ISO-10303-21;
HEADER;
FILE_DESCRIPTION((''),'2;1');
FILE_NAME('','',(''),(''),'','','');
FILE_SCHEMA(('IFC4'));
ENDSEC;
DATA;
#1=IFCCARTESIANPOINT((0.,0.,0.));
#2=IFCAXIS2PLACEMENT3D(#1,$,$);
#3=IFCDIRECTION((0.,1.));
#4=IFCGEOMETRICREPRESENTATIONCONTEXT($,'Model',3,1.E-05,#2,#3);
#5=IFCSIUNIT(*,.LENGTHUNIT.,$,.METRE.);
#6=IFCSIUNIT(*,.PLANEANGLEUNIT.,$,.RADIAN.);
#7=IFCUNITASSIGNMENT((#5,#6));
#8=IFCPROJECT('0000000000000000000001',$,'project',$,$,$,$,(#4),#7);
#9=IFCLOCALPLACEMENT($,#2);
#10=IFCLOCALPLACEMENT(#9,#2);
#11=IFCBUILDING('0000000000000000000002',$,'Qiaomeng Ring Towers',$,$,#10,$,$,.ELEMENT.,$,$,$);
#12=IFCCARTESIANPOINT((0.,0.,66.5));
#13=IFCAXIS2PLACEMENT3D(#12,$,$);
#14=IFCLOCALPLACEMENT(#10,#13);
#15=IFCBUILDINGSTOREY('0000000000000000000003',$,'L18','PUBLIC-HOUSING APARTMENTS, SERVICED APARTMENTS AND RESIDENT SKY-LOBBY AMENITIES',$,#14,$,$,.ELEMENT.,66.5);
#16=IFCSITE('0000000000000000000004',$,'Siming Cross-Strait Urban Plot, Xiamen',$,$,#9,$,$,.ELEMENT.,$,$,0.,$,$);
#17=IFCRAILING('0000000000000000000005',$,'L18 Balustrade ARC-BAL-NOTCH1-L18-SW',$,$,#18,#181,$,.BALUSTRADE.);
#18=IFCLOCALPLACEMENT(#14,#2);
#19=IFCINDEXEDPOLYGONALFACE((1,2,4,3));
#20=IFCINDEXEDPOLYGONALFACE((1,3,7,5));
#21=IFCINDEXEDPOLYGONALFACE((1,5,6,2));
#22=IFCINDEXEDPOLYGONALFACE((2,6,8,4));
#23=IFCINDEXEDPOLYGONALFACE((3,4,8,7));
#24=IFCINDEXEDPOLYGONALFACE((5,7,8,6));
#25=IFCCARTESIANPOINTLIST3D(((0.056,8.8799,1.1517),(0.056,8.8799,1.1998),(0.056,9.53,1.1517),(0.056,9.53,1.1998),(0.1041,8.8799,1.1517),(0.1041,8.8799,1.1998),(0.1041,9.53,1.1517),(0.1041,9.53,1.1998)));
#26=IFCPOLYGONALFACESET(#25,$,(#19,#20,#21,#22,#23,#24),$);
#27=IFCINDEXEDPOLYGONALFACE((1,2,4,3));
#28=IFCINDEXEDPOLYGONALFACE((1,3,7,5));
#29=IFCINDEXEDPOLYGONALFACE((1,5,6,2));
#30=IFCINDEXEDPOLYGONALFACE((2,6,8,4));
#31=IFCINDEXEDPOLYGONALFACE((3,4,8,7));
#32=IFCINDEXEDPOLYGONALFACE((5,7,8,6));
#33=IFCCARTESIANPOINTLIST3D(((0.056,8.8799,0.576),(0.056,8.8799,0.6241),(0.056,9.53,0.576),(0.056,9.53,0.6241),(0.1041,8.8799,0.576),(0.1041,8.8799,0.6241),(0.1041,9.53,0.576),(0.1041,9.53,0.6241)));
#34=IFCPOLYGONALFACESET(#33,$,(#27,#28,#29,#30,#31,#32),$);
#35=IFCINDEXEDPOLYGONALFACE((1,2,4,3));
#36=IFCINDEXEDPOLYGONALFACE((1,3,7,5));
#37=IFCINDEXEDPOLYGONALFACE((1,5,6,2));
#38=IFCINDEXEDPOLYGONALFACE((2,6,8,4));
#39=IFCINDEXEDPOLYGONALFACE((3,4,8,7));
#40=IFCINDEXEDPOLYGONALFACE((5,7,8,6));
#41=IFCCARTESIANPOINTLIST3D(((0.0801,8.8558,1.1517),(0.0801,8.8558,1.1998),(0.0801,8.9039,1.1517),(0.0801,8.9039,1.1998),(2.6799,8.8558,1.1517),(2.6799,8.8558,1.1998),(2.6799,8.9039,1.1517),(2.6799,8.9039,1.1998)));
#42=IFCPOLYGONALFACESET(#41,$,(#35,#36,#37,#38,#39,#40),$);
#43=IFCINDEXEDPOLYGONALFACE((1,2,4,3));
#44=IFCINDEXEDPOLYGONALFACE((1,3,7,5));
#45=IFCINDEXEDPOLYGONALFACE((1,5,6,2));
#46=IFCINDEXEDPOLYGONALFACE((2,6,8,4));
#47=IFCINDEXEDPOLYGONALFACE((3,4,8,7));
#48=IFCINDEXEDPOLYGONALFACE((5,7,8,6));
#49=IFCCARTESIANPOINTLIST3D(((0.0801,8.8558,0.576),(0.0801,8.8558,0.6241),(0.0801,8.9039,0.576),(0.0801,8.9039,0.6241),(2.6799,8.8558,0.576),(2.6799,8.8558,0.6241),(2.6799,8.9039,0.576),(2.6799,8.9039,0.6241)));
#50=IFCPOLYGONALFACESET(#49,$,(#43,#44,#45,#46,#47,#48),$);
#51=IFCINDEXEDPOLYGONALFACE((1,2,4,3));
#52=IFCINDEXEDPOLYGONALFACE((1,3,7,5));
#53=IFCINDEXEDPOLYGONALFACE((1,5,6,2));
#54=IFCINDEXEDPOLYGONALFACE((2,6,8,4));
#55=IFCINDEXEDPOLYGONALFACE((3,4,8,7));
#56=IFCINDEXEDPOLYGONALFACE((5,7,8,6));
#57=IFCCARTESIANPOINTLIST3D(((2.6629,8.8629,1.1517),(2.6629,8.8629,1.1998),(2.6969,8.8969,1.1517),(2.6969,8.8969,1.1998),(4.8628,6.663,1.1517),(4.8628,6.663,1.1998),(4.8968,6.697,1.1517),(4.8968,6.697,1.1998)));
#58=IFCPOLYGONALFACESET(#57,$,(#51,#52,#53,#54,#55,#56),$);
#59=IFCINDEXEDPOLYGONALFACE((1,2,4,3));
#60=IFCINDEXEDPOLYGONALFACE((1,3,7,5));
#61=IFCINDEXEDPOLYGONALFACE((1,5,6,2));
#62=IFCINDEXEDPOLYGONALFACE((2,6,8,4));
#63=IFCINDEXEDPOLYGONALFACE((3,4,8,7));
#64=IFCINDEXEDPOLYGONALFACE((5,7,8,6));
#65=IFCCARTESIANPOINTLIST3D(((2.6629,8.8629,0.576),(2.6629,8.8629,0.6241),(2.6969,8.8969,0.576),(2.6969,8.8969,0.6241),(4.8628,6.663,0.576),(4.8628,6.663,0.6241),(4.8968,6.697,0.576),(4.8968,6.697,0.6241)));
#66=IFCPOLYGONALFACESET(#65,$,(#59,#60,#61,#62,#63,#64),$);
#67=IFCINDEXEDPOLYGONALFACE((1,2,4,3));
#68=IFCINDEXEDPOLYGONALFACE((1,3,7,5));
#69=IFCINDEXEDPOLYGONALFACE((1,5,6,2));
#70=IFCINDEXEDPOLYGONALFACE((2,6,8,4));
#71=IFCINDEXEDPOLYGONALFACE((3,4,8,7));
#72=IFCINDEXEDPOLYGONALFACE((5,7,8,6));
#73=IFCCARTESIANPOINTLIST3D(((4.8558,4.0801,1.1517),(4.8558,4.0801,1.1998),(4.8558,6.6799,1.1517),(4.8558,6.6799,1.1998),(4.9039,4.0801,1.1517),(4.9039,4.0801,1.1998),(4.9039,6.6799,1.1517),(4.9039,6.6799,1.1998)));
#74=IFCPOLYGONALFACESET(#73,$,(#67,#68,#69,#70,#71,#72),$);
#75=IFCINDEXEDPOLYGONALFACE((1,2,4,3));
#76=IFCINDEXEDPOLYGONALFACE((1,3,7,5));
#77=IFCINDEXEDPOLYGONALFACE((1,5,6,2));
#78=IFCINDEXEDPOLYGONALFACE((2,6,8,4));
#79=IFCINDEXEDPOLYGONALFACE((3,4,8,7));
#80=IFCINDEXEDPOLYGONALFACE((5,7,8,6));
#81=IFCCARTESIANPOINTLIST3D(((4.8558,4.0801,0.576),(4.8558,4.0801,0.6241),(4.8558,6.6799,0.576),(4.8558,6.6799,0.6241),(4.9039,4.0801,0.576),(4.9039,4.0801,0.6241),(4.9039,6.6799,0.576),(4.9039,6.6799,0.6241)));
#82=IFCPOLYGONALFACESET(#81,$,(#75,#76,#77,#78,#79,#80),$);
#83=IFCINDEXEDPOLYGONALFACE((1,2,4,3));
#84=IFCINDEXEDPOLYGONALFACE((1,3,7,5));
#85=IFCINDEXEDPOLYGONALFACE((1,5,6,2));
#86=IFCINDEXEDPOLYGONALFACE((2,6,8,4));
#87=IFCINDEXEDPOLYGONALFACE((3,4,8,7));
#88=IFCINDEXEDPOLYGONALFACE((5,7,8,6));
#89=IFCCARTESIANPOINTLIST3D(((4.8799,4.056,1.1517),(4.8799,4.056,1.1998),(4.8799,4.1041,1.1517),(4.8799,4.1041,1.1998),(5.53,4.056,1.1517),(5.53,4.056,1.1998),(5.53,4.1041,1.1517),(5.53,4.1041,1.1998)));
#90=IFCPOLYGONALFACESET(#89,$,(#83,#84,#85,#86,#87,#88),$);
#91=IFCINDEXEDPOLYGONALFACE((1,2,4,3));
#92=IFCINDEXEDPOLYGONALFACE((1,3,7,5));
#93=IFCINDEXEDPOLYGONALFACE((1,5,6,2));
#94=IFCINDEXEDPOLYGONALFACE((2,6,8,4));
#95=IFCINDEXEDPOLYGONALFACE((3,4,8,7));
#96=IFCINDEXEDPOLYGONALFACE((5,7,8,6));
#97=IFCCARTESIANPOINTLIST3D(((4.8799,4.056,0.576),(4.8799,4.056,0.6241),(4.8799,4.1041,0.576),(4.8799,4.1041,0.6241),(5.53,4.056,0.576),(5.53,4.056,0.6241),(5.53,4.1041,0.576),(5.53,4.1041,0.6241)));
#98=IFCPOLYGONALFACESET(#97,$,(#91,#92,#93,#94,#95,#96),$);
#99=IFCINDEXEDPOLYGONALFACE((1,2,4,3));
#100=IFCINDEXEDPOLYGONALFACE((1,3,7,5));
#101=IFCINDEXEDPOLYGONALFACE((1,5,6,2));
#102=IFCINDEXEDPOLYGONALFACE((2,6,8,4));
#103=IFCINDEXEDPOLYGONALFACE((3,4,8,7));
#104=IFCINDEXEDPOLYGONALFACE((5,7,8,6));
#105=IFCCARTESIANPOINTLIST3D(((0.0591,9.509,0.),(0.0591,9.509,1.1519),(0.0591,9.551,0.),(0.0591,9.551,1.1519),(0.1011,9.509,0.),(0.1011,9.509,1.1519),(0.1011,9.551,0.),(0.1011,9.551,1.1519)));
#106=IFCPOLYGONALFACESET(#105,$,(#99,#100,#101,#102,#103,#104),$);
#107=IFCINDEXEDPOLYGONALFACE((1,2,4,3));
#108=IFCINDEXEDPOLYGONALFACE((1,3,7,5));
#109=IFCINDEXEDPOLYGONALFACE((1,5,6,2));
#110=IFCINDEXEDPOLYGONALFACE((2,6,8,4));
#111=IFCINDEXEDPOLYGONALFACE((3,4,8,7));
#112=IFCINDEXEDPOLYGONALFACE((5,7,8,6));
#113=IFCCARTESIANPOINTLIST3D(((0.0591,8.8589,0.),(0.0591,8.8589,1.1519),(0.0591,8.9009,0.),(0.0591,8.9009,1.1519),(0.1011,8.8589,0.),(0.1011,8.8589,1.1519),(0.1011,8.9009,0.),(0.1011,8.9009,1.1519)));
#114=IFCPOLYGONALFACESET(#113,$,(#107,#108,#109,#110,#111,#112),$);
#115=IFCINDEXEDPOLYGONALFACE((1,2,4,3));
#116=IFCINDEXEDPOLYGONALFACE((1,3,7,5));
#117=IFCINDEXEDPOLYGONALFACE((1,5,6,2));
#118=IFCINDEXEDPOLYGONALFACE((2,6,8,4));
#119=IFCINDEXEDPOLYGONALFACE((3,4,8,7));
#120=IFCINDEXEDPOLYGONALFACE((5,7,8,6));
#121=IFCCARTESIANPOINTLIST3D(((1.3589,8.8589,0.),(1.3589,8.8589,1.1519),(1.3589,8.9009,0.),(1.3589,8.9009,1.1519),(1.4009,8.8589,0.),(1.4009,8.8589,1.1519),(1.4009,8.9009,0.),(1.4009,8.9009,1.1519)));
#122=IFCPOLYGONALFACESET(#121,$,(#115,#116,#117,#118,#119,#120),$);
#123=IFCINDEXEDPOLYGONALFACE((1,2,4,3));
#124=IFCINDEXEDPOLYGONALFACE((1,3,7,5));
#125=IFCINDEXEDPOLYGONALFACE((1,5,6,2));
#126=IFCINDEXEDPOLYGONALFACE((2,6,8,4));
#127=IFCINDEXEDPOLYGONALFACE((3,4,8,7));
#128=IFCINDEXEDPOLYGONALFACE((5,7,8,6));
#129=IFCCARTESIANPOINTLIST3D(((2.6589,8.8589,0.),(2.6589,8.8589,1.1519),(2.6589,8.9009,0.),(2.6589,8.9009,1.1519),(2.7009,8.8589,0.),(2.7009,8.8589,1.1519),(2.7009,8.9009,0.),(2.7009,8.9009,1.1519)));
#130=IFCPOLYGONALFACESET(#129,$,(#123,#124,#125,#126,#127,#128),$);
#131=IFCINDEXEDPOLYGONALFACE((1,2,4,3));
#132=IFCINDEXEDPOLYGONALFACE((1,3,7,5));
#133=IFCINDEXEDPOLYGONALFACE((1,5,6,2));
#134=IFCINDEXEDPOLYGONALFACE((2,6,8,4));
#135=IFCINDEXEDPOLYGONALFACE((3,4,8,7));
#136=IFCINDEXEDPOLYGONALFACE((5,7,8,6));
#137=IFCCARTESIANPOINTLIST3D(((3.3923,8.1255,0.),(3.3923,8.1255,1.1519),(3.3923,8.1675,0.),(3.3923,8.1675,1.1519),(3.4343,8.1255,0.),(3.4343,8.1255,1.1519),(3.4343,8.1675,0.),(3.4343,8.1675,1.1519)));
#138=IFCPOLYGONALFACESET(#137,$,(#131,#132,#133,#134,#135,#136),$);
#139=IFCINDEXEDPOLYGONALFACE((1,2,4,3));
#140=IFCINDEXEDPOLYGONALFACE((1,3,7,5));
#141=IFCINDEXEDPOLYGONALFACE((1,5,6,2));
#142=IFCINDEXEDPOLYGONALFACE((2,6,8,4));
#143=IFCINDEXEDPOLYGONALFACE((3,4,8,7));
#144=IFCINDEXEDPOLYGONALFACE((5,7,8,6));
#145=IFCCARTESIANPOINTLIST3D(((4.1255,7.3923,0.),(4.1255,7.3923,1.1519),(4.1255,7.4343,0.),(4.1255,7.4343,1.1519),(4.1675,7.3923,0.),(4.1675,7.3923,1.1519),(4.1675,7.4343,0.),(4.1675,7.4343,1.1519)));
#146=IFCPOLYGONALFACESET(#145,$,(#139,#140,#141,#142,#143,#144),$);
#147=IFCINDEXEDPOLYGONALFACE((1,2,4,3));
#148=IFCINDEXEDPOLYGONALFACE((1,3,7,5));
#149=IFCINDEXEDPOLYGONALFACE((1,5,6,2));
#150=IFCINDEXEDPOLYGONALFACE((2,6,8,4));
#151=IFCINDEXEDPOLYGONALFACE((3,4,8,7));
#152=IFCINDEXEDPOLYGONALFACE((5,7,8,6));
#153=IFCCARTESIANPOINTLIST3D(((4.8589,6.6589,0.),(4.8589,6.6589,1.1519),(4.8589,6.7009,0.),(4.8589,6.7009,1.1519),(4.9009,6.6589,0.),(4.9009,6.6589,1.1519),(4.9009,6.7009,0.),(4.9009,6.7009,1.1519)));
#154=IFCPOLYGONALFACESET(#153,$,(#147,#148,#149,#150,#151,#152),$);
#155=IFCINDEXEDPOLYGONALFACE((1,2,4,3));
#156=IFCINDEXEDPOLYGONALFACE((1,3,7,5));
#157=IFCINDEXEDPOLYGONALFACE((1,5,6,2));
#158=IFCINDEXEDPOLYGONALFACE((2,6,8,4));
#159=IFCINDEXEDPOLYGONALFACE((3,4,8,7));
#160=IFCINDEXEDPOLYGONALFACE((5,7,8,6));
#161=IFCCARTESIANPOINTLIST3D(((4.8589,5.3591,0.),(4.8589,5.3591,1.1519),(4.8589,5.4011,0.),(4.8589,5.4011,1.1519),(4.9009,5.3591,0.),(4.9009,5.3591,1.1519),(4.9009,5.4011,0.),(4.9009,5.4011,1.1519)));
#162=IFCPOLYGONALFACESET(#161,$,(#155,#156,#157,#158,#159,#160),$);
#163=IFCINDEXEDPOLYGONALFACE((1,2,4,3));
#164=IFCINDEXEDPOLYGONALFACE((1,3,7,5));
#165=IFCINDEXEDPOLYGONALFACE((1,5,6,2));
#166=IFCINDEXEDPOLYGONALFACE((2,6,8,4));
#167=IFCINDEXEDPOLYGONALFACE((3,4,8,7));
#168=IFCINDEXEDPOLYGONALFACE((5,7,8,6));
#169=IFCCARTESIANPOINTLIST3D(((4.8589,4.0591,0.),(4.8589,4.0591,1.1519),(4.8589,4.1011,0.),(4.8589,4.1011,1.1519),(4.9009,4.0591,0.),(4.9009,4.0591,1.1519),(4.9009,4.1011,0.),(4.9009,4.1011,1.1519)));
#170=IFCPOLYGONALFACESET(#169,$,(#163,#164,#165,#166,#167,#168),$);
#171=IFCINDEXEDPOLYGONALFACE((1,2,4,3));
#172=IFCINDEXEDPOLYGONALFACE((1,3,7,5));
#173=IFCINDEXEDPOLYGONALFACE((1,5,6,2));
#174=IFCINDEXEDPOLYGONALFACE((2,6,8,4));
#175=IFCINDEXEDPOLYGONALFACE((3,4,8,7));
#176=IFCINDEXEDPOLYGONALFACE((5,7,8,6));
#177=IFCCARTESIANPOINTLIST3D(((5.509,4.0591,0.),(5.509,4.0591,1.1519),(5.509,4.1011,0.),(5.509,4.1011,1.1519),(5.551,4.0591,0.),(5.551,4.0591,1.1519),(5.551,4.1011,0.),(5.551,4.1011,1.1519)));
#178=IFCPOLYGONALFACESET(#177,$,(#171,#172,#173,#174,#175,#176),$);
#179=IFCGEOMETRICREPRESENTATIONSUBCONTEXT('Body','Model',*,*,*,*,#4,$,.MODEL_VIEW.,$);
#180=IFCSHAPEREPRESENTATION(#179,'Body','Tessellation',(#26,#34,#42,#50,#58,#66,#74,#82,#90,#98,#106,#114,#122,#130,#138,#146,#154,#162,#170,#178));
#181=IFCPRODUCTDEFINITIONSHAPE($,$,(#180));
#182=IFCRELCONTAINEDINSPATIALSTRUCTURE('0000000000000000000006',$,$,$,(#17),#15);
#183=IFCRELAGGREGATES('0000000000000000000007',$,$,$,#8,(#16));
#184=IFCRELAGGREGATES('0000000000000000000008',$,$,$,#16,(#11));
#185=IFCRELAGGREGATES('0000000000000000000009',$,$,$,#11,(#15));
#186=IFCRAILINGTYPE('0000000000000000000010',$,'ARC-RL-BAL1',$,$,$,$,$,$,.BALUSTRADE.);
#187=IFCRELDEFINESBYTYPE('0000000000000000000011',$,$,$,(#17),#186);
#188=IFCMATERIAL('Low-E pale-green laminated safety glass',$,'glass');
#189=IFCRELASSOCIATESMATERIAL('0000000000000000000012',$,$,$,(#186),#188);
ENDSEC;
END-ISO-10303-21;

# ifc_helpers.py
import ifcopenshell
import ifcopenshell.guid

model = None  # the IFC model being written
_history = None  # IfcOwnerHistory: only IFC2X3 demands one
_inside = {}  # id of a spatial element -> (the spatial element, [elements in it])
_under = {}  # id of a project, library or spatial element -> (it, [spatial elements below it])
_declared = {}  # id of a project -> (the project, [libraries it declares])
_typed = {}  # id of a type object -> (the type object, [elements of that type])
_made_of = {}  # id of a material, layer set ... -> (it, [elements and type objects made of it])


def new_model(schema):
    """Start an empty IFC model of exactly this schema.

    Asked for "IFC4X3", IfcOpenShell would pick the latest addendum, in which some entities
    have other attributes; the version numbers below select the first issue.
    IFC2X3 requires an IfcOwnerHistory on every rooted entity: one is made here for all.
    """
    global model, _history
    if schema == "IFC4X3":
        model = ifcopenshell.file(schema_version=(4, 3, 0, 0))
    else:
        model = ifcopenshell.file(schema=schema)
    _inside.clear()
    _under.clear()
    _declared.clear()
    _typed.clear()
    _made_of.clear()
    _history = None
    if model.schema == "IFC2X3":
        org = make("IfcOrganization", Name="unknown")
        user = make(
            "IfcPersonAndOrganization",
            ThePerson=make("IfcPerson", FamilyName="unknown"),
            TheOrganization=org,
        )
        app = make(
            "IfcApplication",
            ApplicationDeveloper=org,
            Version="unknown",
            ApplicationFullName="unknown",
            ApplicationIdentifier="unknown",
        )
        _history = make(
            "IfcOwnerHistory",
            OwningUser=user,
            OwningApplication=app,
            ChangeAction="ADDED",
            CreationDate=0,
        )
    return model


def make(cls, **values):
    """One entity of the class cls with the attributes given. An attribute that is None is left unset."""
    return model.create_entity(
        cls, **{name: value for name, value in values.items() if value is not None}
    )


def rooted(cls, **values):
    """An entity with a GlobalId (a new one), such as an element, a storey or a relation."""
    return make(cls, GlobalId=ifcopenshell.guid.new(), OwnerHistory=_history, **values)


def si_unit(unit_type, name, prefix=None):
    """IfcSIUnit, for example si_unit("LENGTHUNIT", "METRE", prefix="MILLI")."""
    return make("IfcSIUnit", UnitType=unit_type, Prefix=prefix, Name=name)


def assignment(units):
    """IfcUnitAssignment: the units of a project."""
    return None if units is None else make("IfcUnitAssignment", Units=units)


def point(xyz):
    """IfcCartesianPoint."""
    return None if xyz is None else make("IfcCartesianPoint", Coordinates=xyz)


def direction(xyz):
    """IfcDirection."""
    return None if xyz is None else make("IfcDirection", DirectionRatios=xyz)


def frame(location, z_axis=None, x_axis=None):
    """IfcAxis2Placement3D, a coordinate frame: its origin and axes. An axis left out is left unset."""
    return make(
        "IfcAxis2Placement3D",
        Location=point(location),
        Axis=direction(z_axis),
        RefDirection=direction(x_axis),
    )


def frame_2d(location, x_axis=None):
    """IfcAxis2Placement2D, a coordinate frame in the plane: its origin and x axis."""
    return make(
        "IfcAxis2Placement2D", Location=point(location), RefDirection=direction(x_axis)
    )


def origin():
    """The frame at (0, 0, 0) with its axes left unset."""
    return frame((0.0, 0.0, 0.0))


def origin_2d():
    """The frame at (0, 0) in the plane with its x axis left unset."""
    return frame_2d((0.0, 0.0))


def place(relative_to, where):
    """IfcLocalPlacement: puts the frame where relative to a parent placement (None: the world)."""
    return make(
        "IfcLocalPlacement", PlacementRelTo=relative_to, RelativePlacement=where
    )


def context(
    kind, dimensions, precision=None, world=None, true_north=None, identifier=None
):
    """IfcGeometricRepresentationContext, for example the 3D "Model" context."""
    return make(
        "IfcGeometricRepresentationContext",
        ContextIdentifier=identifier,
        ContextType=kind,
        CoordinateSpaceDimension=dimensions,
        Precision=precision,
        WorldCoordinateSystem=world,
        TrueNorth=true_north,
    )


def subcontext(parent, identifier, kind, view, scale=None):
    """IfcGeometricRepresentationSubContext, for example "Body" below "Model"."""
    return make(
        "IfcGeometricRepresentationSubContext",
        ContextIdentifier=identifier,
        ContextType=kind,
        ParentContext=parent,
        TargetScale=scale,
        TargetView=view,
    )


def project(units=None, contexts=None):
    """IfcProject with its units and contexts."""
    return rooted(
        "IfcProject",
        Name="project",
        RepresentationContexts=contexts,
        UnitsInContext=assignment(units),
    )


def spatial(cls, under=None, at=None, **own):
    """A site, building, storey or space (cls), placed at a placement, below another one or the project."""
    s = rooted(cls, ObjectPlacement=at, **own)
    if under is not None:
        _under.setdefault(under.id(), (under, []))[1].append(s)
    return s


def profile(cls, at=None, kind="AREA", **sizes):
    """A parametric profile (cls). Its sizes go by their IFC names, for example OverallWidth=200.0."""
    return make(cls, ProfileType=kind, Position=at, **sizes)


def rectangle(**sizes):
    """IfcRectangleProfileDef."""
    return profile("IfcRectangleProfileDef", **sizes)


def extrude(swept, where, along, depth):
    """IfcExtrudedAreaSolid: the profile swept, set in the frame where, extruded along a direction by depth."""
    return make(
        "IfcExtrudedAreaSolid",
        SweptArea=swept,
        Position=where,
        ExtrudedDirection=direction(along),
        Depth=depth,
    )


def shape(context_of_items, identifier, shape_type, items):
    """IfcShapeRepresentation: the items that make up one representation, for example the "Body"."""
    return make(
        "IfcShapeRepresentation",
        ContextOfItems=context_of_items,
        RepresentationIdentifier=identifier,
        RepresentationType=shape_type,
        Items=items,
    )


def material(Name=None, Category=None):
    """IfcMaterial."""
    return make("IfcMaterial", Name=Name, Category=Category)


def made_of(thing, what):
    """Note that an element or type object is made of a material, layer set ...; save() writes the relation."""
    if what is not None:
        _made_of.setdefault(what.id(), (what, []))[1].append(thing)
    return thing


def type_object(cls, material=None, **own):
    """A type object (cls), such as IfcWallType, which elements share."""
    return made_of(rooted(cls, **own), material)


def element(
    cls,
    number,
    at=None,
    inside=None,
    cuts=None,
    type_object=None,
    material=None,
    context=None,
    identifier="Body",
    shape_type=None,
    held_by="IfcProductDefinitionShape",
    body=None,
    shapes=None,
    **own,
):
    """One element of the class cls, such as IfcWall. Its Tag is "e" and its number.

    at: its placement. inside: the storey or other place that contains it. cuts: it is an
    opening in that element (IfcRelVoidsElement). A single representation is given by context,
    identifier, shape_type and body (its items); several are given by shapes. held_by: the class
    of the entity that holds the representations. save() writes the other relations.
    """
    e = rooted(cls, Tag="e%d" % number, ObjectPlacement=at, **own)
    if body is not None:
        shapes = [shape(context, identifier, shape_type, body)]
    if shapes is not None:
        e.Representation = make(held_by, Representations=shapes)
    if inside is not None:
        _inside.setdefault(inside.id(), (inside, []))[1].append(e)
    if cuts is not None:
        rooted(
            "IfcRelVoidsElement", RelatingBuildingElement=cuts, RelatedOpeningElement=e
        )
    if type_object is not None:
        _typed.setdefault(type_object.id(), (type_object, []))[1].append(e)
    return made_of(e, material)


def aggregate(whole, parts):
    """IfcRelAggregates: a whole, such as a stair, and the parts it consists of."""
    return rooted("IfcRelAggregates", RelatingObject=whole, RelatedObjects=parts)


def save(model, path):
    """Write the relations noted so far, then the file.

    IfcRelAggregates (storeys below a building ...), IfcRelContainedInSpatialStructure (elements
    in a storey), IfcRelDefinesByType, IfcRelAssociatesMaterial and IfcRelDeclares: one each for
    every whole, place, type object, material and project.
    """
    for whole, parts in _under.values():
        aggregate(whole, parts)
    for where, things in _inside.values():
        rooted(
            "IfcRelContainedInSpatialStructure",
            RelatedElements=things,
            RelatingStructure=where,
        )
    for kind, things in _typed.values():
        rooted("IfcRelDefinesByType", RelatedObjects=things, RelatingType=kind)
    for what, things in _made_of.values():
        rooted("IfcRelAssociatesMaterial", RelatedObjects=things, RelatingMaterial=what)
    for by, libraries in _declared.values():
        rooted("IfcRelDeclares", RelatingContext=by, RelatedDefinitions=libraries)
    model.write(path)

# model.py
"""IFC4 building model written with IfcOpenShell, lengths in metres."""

from ifc_helpers import new_model, si_unit, direction, frame, origin, origin_2d, place, context, subcontext, project, spatial, rectangle, extrude, material, type_object, element, save


model = new_model("IFC4")

# Units and contexts
model_context = context("Model", 3, precision=1e-05, world=origin(), true_north=direction((0.0, 1.0)))
body_context = subcontext(model_context, "Body", "Model", "MODEL_VIEW")
ifc_project = project(units=[si_unit("LENGTHUNIT", "METRE"), si_unit("PLANEANGLEUNIT", "RADIAN")], contexts=[model_context])

# Site, building, storey
site_placement = place(None, origin())
site = spatial("IfcSite", under=ifc_project, at=site_placement, Name="Siming Cross-Strait Urban Plot, Xiamen", CompositionType="ELEMENT", RefElevation=0.0)
building_placement = place(site_placement, origin())
building = spatial("IfcBuilding", under=site, at=building_placement, Name="Qiaomeng Ring Towers", CompositionType="ELEMENT")
storey_placement = place(building_placement, frame((0.0, 0.0, 66.5)))
storey = spatial("IfcBuildingStorey", under=building, at=storey_placement, Name="L18", Description="PUBLIC-HOUSING APARTMENTS, SERVICED APARTMENTS AND RESIDENT SKY-LOBBY AMENITIES", CompositionType="ELEMENT", Elevation=66.5)

# Railing
ifc_material_1 = material(Name="Low-E pale-green laminated safety glass", Category="glass")
railing_type = type_object("IfcRailingType", Name="ARC-RL-BAL1", PredefinedType="BALUSTRADE", material=ifc_material_1)
railing_1_placement = place(storey_placement, frame((0.0801, 9.53, 0.0)))
element("IfcRailing", 1, at=railing_1_placement, inside=storey, type_object=railing_type, Name="L18 Balustrade ARC-BAL-NOTCH1-L18-SW", PredefinedType="BALUSTRADE", context=body_context, shape_type="SweptSolid", body=[
    extrude(rectangle(XDim=0.0481, YDim=0.0481, at=origin_2d()), frame((0.0, 0.0, 1.1758), z_axis=(0.0, -1.0, 0.0), x_axis=(1.0, 0.0, 0.0)), (0.0, 0.0, 1.0), 0.6501),
    extrude(rectangle(XDim=0.0481, YDim=0.0481, at=origin_2d()), frame((0.0, 0.0, 0.6001), z_axis=(0.0, -1.0, 0.0), x_axis=(1.0, 0.0, 0.0)), (0.0, 0.0, 1.0), 0.6501),
    extrude(rectangle(XDim=0.0481, YDim=0.0481, at=origin_2d()), frame((0.0, -0.6501, 1.1758), z_axis=(1.0, 0.0, 0.0), x_axis=(0.0, 1.0, 0.0)), (0.0, 0.0, 1.0), 2.5999),
    extrude(rectangle(XDim=0.0481, YDim=0.0481, at=origin_2d()), frame((0.0, -0.6501, 0.6001), z_axis=(1.0, 0.0, 0.0), x_axis=(0.0, 1.0, 0.0)), (0.0, 0.0, 1.0), 2.5999),
    extrude(rectangle(XDim=0.0481, YDim=0.0481, at=origin_2d()), frame((2.5999, -0.6501, 1.1758), z_axis=(0.707107, -0.707107, 0.0), x_axis=(0.707107, 0.707107, 0.0)), (0.0, 0.0, 1.0), 3.1111),
    extrude(rectangle(XDim=0.0481, YDim=0.0481, at=origin_2d()), frame((2.5999, -0.6501, 0.6001), z_axis=(0.707107, -0.707107, 0.0), x_axis=(0.707107, 0.707107, 0.0)), (0.0, 0.0, 1.0), 3.1111),
    extrude(rectangle(XDim=0.0481, YDim=0.0481, at=origin_2d()), frame((4.7998, -2.8501, 1.1758), z_axis=(0.0, -1.0, 0.0), x_axis=(1.0, 0.0, 0.0)), (0.0, 0.0, 1.0), 2.5999),
    extrude(rectangle(XDim=0.0481, YDim=0.0481, at=origin_2d()), frame((4.7998, -2.8501, 0.6001), z_axis=(0.0, -1.0, 0.0), x_axis=(1.0, 0.0, 0.0)), (0.0, 0.0, 1.0), 2.5999),
    extrude(rectangle(XDim=0.0481, YDim=0.0481, at=origin_2d()), frame((4.7998, -5.45, 1.1758), z_axis=(1.0, 0.0, 0.0), x_axis=(0.0, 1.0, 0.0)), (0.0, 0.0, 1.0), 0.6501),
    extrude(rectangle(XDim=0.0481, YDim=0.0481, at=origin_2d()), frame((4.7998, -5.45, 0.6001), z_axis=(1.0, 0.0, 0.0), x_axis=(0.0, 1.0, 0.0)), (0.0, 0.0, 1.0), 0.6501),
    extrude(rectangle(XDim=0.042, YDim=0.042, at=origin_2d()), origin(), (0.0, 0.0, 1.0), 1.1519),
    extrude(rectangle(XDim=0.042, YDim=0.042, at=origin_2d()), frame((0.0, -0.6501, 0.0)), (0.0, 0.0, 1.0), 1.1519),
    extrude(rectangle(XDim=0.042, YDim=0.042, at=origin_2d()), frame((1.2998, -0.6501, 0.0)), (0.0, 0.0, 1.0), 1.1519),
    extrude(rectangle(XDim=0.042, YDim=0.042, at=origin_2d()), frame((2.5999, -0.6501, 0.0)), (0.0, 0.0, 1.0), 1.1519),
    extrude(rectangle(XDim=0.042, YDim=0.042, at=origin_2d()), frame((3.3333, -1.3835, 0.0)), (0.0, 0.0, 1.0), 1.1519),
    extrude(rectangle(XDim=0.042, YDim=0.042, at=origin_2d()), frame((4.0664, -2.1167, 0.0)), (0.0, 0.0, 1.0), 1.1519),
    extrude(rectangle(XDim=0.042, YDim=0.042, at=origin_2d()), frame((4.7998, -2.8501, 0.0)), (0.0, 0.0, 1.0), 1.1519),
    extrude(rectangle(XDim=0.042, YDim=0.042, at=origin_2d()), frame((4.7998, -4.1499, 0.0)), (0.0, 0.0, 1.0), 1.1519),
    extrude(rectangle(XDim=0.042, YDim=0.042, at=origin_2d()), frame((4.7998, -5.45, 0.0)), (0.0, 0.0, 1.0), 1.1519),
    extrude(rectangle(XDim=0.042, YDim=0.042, at=origin_2d()), frame((5.45, -5.45, 0.0)), (0.0, 0.0, 1.0), 1.1519),
])

save(model, "model.ifc")
